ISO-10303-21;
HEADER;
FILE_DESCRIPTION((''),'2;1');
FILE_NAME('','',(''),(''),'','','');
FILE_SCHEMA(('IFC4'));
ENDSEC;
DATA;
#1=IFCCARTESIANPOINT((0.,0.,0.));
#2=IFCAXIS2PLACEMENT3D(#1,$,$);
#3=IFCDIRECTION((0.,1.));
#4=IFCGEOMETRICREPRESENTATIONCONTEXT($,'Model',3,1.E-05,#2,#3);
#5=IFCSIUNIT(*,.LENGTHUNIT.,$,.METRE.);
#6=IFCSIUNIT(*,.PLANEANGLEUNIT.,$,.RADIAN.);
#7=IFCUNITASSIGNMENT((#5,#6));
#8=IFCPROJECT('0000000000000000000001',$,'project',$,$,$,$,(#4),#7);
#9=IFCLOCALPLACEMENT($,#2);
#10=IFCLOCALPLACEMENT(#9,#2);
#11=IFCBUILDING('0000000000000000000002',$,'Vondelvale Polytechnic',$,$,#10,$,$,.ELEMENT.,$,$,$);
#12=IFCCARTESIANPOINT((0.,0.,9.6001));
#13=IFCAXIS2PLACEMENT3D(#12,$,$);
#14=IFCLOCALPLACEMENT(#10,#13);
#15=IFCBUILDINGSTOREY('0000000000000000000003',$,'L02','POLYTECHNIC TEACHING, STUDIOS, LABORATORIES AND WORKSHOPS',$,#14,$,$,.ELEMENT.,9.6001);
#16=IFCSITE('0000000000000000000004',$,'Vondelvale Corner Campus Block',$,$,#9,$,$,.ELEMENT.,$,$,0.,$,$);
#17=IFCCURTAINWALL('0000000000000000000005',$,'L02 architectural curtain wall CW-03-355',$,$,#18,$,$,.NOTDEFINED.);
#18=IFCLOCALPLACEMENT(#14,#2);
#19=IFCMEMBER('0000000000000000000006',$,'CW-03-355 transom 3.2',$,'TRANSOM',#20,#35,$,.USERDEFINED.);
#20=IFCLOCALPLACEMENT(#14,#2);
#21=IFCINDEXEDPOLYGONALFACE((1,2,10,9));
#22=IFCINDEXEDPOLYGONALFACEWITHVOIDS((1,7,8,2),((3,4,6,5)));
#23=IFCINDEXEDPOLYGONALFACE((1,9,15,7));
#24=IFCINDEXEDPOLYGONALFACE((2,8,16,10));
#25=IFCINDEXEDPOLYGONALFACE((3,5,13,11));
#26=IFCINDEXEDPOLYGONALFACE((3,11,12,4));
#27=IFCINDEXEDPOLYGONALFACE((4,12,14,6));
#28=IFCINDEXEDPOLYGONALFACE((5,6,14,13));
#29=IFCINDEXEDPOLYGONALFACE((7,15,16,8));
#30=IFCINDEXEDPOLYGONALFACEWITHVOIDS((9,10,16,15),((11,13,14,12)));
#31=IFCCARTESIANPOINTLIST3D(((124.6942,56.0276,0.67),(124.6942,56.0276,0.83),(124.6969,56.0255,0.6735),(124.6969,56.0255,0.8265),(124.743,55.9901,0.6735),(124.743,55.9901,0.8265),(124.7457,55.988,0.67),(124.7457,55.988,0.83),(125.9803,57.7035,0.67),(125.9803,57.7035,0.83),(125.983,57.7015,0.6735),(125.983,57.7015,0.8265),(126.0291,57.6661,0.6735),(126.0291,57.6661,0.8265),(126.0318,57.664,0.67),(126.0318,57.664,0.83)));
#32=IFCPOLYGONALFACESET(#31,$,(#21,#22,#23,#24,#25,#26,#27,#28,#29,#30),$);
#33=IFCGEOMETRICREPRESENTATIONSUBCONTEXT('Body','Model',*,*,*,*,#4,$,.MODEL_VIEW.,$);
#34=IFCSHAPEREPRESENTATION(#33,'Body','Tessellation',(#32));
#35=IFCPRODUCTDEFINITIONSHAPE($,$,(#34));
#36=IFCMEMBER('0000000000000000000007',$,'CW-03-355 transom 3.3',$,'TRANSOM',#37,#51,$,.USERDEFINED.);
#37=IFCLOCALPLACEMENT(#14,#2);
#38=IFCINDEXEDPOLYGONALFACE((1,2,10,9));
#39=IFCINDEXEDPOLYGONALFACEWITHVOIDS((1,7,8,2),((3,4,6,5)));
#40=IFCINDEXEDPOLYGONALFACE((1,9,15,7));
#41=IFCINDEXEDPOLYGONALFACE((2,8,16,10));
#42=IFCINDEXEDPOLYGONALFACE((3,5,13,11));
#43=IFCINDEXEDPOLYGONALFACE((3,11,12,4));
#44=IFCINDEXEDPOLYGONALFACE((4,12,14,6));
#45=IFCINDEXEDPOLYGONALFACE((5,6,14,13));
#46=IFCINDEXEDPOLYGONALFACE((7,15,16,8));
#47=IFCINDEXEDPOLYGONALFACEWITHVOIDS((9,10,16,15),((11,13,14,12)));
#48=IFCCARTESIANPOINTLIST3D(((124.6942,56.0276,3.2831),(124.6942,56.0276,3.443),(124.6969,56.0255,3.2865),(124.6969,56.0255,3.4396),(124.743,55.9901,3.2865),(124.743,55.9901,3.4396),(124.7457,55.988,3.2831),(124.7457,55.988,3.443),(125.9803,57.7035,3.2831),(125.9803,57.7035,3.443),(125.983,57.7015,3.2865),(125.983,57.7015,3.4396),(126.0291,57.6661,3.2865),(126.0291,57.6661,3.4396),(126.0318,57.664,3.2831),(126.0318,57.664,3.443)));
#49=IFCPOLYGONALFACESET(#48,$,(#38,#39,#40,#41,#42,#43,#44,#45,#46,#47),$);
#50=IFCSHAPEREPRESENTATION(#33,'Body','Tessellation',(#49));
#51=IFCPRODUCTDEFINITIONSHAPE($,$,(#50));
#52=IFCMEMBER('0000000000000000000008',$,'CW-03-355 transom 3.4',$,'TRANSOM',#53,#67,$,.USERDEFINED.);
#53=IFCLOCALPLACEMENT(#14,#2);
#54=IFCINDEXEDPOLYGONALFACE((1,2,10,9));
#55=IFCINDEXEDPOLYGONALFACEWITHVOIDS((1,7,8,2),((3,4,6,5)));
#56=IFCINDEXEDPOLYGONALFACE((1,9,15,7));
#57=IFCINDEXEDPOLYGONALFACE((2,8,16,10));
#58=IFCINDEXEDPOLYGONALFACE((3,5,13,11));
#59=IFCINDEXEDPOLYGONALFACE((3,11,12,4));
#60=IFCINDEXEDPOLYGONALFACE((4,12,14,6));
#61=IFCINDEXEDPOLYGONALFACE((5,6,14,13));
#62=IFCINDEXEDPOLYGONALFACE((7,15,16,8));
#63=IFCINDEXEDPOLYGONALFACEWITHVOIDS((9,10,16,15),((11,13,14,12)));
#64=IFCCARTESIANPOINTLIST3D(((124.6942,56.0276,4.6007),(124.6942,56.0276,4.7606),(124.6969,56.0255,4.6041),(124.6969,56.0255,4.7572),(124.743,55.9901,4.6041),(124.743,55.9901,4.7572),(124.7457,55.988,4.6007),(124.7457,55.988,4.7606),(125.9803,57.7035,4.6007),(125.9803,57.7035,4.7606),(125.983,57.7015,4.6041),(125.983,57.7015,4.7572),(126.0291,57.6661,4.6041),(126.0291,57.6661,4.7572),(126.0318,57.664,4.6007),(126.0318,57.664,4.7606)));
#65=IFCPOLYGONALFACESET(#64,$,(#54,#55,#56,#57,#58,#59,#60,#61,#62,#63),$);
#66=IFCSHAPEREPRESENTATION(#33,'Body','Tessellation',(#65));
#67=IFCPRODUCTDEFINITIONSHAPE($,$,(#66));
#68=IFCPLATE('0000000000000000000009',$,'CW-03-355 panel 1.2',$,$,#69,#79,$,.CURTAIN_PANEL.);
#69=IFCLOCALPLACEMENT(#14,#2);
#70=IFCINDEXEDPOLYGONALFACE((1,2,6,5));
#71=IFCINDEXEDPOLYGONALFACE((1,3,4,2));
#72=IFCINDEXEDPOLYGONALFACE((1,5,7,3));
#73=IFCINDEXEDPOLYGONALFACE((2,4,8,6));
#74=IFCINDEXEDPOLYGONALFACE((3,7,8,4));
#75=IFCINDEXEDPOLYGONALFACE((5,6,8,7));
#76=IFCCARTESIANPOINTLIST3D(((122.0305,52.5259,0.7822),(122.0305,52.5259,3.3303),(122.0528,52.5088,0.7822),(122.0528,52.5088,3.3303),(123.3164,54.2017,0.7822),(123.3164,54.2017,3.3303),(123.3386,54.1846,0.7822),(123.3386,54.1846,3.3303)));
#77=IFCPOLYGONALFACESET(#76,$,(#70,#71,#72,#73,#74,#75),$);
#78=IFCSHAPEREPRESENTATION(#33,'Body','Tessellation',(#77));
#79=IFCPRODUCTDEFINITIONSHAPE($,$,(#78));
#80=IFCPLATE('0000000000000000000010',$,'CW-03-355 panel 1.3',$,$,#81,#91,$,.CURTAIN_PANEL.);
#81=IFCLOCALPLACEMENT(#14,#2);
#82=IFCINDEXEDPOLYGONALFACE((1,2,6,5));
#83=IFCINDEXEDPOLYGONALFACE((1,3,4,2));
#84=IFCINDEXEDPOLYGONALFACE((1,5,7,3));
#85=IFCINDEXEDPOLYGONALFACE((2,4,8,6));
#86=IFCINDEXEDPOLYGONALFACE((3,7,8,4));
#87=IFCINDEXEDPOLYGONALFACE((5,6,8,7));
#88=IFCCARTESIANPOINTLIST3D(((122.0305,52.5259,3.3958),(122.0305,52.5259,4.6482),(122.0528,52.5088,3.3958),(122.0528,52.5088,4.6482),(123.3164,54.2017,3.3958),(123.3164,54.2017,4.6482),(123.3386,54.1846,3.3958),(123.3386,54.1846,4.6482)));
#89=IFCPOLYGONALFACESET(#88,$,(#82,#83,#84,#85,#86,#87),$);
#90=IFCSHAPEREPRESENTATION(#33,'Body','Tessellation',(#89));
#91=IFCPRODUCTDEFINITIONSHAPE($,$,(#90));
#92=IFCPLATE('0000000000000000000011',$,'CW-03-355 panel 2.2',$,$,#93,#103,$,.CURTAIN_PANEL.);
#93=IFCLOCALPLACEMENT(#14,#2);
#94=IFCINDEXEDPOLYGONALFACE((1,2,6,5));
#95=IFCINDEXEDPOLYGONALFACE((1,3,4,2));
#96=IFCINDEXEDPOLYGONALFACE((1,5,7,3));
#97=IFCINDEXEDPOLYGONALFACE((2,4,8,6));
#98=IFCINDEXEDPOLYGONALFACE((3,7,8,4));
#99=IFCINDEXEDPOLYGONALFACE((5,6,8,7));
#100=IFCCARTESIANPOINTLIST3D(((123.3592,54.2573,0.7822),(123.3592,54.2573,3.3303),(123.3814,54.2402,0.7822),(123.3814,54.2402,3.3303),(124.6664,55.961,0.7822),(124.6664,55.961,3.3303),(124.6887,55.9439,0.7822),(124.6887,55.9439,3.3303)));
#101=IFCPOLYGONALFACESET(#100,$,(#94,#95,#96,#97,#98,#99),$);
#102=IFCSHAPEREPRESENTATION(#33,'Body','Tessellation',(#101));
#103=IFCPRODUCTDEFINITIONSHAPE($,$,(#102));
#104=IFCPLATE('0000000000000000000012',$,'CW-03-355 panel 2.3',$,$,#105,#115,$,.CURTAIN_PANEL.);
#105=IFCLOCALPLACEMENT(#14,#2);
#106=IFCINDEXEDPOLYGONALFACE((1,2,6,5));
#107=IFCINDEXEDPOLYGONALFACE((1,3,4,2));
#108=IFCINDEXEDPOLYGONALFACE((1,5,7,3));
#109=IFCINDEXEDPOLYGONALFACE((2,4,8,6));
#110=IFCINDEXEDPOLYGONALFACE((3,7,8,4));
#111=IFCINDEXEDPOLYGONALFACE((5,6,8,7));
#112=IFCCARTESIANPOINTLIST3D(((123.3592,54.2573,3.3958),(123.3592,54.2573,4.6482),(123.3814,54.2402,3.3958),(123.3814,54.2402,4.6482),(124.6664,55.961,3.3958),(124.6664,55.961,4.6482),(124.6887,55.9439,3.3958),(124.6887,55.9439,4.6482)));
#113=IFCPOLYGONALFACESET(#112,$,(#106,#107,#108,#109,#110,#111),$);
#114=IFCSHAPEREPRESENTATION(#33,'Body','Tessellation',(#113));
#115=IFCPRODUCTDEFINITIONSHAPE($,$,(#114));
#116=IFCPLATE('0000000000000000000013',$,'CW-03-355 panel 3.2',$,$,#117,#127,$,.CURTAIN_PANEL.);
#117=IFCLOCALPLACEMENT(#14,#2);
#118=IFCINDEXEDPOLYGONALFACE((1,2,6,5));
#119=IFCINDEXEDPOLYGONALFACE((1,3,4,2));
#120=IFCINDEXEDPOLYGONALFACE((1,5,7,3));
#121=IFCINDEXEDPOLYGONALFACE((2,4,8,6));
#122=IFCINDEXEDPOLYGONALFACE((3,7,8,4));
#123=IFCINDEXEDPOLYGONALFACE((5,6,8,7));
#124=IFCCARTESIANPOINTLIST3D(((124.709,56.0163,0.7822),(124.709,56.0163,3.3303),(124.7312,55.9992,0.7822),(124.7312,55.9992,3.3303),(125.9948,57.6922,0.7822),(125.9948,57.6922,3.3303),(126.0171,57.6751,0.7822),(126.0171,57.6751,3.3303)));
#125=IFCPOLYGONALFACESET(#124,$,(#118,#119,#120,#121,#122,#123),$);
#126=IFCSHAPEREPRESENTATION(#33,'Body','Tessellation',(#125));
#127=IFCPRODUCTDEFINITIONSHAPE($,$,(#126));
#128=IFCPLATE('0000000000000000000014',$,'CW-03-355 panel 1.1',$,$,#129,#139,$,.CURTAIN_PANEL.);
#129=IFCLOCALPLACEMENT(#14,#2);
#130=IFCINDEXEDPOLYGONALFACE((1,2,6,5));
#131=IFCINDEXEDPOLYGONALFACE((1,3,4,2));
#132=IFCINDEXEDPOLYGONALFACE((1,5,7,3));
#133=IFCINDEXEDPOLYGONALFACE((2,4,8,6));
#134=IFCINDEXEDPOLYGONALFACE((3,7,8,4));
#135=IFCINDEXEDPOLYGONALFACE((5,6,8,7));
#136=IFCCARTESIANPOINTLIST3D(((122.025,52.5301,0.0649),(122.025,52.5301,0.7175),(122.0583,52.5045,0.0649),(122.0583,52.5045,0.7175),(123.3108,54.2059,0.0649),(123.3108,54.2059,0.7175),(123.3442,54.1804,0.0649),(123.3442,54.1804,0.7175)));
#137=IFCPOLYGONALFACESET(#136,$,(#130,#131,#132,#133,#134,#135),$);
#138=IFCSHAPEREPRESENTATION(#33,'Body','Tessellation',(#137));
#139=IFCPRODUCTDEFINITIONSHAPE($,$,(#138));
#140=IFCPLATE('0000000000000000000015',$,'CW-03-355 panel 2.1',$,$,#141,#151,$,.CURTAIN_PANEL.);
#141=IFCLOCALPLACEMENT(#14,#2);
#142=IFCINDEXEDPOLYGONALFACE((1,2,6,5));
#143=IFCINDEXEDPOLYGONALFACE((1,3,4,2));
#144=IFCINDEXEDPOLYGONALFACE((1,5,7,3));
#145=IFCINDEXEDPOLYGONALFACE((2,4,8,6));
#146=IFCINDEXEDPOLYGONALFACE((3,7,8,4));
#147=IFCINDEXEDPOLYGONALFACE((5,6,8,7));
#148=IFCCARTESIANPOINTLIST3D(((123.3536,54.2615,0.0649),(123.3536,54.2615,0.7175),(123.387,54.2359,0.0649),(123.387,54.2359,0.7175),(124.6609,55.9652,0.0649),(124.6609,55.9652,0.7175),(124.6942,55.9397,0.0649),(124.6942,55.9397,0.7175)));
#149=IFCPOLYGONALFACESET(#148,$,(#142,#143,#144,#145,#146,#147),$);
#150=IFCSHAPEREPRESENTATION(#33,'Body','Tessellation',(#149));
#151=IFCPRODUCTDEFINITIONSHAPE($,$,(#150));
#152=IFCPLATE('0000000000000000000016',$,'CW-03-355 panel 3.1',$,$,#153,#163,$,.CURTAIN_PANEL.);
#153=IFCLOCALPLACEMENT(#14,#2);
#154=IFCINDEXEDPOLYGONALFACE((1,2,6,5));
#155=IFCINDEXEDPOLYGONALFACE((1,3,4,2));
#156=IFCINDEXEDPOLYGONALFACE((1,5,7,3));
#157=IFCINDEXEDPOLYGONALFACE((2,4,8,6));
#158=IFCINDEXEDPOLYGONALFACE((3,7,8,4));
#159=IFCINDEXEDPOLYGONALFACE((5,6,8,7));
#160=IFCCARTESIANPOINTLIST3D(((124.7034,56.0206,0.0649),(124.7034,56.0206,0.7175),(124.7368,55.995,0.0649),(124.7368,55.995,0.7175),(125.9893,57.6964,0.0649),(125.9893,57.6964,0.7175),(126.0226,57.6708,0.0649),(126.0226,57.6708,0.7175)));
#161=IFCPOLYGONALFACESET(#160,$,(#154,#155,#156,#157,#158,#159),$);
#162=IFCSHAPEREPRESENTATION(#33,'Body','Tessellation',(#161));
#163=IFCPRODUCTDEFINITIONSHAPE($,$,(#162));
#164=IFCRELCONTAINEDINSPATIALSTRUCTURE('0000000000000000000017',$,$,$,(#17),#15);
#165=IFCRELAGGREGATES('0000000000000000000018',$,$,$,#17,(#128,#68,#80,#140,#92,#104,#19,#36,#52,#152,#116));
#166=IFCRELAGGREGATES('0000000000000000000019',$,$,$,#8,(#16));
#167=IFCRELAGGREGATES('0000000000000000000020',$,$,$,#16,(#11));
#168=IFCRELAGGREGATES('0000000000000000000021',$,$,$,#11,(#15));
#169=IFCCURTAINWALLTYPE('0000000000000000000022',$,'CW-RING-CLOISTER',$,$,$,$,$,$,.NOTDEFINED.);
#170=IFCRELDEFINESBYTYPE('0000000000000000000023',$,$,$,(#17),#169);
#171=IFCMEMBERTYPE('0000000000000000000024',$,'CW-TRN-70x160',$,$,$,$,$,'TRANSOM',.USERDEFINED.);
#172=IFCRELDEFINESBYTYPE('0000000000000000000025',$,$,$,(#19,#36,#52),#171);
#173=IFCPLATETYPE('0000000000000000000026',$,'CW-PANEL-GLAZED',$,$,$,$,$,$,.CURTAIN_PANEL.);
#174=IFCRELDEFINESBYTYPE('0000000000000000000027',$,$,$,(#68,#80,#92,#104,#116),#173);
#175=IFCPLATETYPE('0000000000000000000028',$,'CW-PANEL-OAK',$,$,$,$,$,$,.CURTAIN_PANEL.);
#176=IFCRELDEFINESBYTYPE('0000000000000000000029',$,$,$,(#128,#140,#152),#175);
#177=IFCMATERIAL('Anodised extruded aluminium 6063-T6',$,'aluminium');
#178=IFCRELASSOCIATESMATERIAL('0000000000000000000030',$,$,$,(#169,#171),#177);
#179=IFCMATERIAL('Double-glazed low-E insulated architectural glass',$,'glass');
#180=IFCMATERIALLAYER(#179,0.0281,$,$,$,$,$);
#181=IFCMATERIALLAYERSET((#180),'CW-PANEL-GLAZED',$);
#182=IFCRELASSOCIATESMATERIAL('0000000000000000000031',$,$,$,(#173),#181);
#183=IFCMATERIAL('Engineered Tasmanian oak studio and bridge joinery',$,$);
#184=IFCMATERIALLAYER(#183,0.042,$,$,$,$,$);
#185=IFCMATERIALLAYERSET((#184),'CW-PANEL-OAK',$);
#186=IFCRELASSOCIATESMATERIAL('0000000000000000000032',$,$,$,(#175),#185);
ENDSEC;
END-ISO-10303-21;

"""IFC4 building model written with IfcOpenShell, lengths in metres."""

from ifc_helpers import new_model, si_unit, direction, frame, origin, origin_2d, place, context, subcontext, project, spatial, rectangle, hollow_rectangle, extrude, material, layer, layer_set, material_profile, profile_set, type_object, element, aggregate, save


model = new_model("IFC4")

# Units and contexts
model_context = context("Model", 3, precision=1e-05, world=origin(), true_north=direction((0.0, 1.0)))
body_context = subcontext(model_context, "Body", "Model", "MODEL_VIEW")
ifc_project = project(units=[si_unit("LENGTHUNIT", "METRE"), si_unit("PLANEANGLEUNIT", "RADIAN")], contexts=[model_context])

# Site, building, storey
site_placement = place(None, origin())
site = spatial("IfcSite", under=ifc_project, at=site_placement, Name="Vondelvale Corner Campus Block", CompositionType="ELEMENT", RefElevation=0.0)
building_placement = place(site_placement, origin())
building = spatial("IfcBuilding", under=site, at=building_placement, Name="Vondelvale Polytechnic", CompositionType="ELEMENT")
storey_placement = place(building_placement, frame((0.0, 0.0, 9.6001)))
storey = spatial("IfcBuildingStorey", under=building, at=storey_placement, Name="L02", Description="POLYTECHNIC TEACHING, STUDIOS, LABORATORIES AND WORKSHOPS", CompositionType="ELEMENT", Elevation=9.6001)

# Curtain wall, members, plates
ifc_material_1 = material(Name="Anodised extruded aluminium 6063-T6", Category="aluminium")
curtain_wall_type = type_object("IfcCurtainWallType", Name="CW-RING-CLOISTER", PredefinedType="NOTDEFINED", material=ifc_material_1)
curtain_wall_placement = place(storey_placement, origin())
curtain_wall = element("IfcCurtainWall", 1, at=curtain_wall_placement, inside=storey, type_object=curtain_wall_type, Name="L02 architectural curtain wall CW-03-355", PredefinedType="NOTDEFINED")
ifc_material_profile_1 = material_profile(ifc_material_1, hollow_rectangle(XDim=0.0649, YDim=0.1599, WallThickness=0.0034, at=origin_2d()), Name="CW-TRN-160x65")
ifc_profile_set_1 = profile_set([ifc_material_profile_1], Name="Anodised extruded aluminium 6063-T6")
member_type_1 = type_object("IfcMemberType", Name="CW-TRN-70x160", ElementType="TRANSOM", PredefinedType="USERDEFINED", material=ifc_profile_set_1)
member_1_placement = place(storey_placement, frame((124.72, 56.0078, 0.75), z_axis=(0.608783, 0.793337, 0.0), x_axis=(-0.793337, 0.608783, 0.0)))
member_1 = element("IfcMember", 2, at=member_1_placement, type_object=member_type_1, Name="CW-03-355 transom 3.2", ObjectType="TRANSOM", PredefinedType="USERDEFINED", context=body_context, shape_type="SweptSolid", body=[
    extrude(hollow_rectangle(XDim=0.0649, YDim=0.1599, WallThickness=0.0034, at=origin_2d()), origin(), (0.0, 0.0, 1.0), 2.1125),
])
member_2_placement = place(storey_placement, frame((124.72, 56.0078, 3.363), z_axis=(0.608783, 0.793337, 0.0), x_axis=(-0.793337, 0.608783, 0.0)))
member_2 = element("IfcMember", 3, at=member_2_placement, type_object=member_type_1, Name="CW-03-355 transom 3.3", ObjectType="TRANSOM", PredefinedType="USERDEFINED", context=body_context, shape_type="SweptSolid", body=[
    extrude(hollow_rectangle(XDim=0.0649, YDim=0.1599, WallThickness=0.0034, at=origin_2d()), origin(), (0.0, 0.0, 1.0), 2.1125),
])
member_3_placement = place(storey_placement, frame((124.72, 56.0078, 4.6807), z_axis=(0.608783, 0.793337, 0.0), x_axis=(-0.793337, 0.608783, 0.0)))
member_3 = element("IfcMember", 4, at=member_3_placement, type_object=member_type_1, Name="CW-03-355 transom 3.4", ObjectType="TRANSOM", PredefinedType="USERDEFINED", context=body_context, shape_type="SweptSolid", body=[
    extrude(hollow_rectangle(XDim=0.0649, YDim=0.1599, WallThickness=0.0034, at=origin_2d()), origin(), (0.0, 0.0, 1.0), 2.1125),
])
ifc_material_2 = material(Name="Double-glazed low-E insulated architectural glass", Category="glass")
ifc_layer_1 = layer(ifc_material_2, 0.0281)
ifc_layer_set_1 = layer_set([ifc_layer_1], Name="CW-PANEL-GLAZED")
plate_type_1 = type_object("IfcPlateType", Name="CW-PANEL-GLAZED", PredefinedType="CURTAIN_PANEL", material=ifc_layer_set_1)
plate_1_placement = place(storey_placement, frame((122.6846, 53.3552, 0.7822), z_axis=(0.0, 0.0, 1.0), x_axis=(0.608748, 0.793364, 0.0)))
plate_1 = element("IfcPlate", 5, at=plate_1_placement, type_object=plate_type_1, Name="CW-03-355 panel 1.2", PredefinedType="CURTAIN_PANEL", context=body_context, shape_type="SweptSolid", body=[
    extrude(rectangle(XDim=2.1123, YDim=0.0281, at=origin_2d()), origin(), (0.0, 0.0, 1.0), 2.5481),
])
plate_2_placement = place(storey_placement, frame((122.6846, 53.3552, 3.3958), z_axis=(0.0, 0.0, 1.0), x_axis=(0.608748, 0.793364, 0.0)))
plate_2 = element("IfcPlate", 6, at=plate_2_placement, type_object=plate_type_1, Name="CW-03-355 panel 1.3", PredefinedType="CURTAIN_PANEL", context=body_context, shape_type="SweptSolid", body=[
    extrude(rectangle(XDim=2.1123, YDim=0.0281, at=origin_2d()), origin(), (0.0, 0.0, 1.0), 1.2524),
])
plate_3_placement = place(storey_placement, frame((124.0239, 55.1006, 0.7822), z_axis=(0.0, 0.0, 1.0), x_axis=(0.608748, 0.793364, 0.0)))
plate_3 = element("IfcPlate", 7, at=plate_3_placement, type_object=plate_type_1, Name="CW-03-355 panel 2.2", PredefinedType="CURTAIN_PANEL", context=body_context, shape_type="SweptSolid", body=[
    extrude(rectangle(XDim=2.1475, YDim=0.0281, at=origin_2d()), origin(), (0.0, 0.0, 1.0), 2.5481),
])
plate_4_placement = place(storey_placement, frame((124.0239, 55.1006, 3.3958), z_axis=(0.0, 0.0, 1.0), x_axis=(0.608748, 0.793364, 0.0)))
plate_4 = element("IfcPlate", 8, at=plate_4_placement, type_object=plate_type_1, Name="CW-03-355 panel 2.3", PredefinedType="CURTAIN_PANEL", context=body_context, shape_type="SweptSolid", body=[
    extrude(rectangle(XDim=2.1475, YDim=0.0281, at=origin_2d()), origin(), (0.0, 0.0, 1.0), 1.2524),
])
plate_5_placement = place(storey_placement, frame((125.363, 56.8457, 0.7822), z_axis=(0.0, 0.0, 1.0), x_axis=(0.608748, 0.793364, 0.0)))
plate_5 = element("IfcPlate", 9, at=plate_5_placement, type_object=plate_type_1, Name="CW-03-355 panel 3.2", PredefinedType="CURTAIN_PANEL", context=body_context, shape_type="SweptSolid", body=[
    extrude(rectangle(XDim=2.1123, YDim=0.0281, at=origin_2d()), origin(), (0.0, 0.0, 1.0), 2.5481),
])
ifc_material_3 = material(Name="Engineered Tasmanian oak studio and bridge joinery")
ifc_layer_2 = layer(ifc_material_3, 0.042)
ifc_layer_set_2 = layer_set([ifc_layer_2], Name="CW-PANEL-OAK")
plate_type_2 = type_object("IfcPlateType", Name="CW-PANEL-OAK", PredefinedType="CURTAIN_PANEL", material=ifc_layer_set_2)
plate_6_placement = place(storey_placement, frame((122.6846, 53.3552, 0.0649), z_axis=(0.0, 0.0, 1.0), x_axis=(0.608748, 0.793364, 0.0)))
plate_6 = element("IfcPlate", 10, at=plate_6_placement, type_object=plate_type_2, Name="CW-03-355 panel 1.1", PredefinedType="CURTAIN_PANEL", context=body_context, shape_type="SweptSolid", body=[
    extrude(rectangle(XDim=2.1123, YDim=0.042, at=origin_2d()), origin(), (0.0, 0.0, 1.0), 0.6526),
])
plate_7_placement = place(storey_placement, frame((124.0239, 55.1006, 0.0649), z_axis=(0.0, 0.0, 1.0), x_axis=(0.608748, 0.793364, 0.0)))
plate_7 = element("IfcPlate", 11, at=plate_7_placement, type_object=plate_type_2, Name="CW-03-355 panel 2.1", PredefinedType="CURTAIN_PANEL", context=body_context, shape_type="SweptSolid", body=[
    extrude(rectangle(XDim=2.1475, YDim=0.042, at=origin_2d()), origin(), (0.0, 0.0, 1.0), 0.6526),
])
plate_8_placement = place(storey_placement, frame((125.363, 56.8457, 0.0649), z_axis=(0.0, 0.0, 1.0), x_axis=(0.608748, 0.793364, 0.0)))
plate_8 = element("IfcPlate", 12, at=plate_8_placement, type_object=plate_type_2, Name="CW-03-355 panel 3.1", PredefinedType="CURTAIN_PANEL", context=body_context, shape_type="SweptSolid", body=[
    extrude(rectangle(XDim=2.1123, YDim=0.042, at=origin_2d()), origin(), (0.0, 0.0, 1.0), 0.6526),
])
aggregate(curtain_wall, [plate_6, plate_1, plate_2, plate_7, plate_3, plate_4, member_1, member_2, member_3, plate_8, plate_5])

save(model, "model.ifc")
